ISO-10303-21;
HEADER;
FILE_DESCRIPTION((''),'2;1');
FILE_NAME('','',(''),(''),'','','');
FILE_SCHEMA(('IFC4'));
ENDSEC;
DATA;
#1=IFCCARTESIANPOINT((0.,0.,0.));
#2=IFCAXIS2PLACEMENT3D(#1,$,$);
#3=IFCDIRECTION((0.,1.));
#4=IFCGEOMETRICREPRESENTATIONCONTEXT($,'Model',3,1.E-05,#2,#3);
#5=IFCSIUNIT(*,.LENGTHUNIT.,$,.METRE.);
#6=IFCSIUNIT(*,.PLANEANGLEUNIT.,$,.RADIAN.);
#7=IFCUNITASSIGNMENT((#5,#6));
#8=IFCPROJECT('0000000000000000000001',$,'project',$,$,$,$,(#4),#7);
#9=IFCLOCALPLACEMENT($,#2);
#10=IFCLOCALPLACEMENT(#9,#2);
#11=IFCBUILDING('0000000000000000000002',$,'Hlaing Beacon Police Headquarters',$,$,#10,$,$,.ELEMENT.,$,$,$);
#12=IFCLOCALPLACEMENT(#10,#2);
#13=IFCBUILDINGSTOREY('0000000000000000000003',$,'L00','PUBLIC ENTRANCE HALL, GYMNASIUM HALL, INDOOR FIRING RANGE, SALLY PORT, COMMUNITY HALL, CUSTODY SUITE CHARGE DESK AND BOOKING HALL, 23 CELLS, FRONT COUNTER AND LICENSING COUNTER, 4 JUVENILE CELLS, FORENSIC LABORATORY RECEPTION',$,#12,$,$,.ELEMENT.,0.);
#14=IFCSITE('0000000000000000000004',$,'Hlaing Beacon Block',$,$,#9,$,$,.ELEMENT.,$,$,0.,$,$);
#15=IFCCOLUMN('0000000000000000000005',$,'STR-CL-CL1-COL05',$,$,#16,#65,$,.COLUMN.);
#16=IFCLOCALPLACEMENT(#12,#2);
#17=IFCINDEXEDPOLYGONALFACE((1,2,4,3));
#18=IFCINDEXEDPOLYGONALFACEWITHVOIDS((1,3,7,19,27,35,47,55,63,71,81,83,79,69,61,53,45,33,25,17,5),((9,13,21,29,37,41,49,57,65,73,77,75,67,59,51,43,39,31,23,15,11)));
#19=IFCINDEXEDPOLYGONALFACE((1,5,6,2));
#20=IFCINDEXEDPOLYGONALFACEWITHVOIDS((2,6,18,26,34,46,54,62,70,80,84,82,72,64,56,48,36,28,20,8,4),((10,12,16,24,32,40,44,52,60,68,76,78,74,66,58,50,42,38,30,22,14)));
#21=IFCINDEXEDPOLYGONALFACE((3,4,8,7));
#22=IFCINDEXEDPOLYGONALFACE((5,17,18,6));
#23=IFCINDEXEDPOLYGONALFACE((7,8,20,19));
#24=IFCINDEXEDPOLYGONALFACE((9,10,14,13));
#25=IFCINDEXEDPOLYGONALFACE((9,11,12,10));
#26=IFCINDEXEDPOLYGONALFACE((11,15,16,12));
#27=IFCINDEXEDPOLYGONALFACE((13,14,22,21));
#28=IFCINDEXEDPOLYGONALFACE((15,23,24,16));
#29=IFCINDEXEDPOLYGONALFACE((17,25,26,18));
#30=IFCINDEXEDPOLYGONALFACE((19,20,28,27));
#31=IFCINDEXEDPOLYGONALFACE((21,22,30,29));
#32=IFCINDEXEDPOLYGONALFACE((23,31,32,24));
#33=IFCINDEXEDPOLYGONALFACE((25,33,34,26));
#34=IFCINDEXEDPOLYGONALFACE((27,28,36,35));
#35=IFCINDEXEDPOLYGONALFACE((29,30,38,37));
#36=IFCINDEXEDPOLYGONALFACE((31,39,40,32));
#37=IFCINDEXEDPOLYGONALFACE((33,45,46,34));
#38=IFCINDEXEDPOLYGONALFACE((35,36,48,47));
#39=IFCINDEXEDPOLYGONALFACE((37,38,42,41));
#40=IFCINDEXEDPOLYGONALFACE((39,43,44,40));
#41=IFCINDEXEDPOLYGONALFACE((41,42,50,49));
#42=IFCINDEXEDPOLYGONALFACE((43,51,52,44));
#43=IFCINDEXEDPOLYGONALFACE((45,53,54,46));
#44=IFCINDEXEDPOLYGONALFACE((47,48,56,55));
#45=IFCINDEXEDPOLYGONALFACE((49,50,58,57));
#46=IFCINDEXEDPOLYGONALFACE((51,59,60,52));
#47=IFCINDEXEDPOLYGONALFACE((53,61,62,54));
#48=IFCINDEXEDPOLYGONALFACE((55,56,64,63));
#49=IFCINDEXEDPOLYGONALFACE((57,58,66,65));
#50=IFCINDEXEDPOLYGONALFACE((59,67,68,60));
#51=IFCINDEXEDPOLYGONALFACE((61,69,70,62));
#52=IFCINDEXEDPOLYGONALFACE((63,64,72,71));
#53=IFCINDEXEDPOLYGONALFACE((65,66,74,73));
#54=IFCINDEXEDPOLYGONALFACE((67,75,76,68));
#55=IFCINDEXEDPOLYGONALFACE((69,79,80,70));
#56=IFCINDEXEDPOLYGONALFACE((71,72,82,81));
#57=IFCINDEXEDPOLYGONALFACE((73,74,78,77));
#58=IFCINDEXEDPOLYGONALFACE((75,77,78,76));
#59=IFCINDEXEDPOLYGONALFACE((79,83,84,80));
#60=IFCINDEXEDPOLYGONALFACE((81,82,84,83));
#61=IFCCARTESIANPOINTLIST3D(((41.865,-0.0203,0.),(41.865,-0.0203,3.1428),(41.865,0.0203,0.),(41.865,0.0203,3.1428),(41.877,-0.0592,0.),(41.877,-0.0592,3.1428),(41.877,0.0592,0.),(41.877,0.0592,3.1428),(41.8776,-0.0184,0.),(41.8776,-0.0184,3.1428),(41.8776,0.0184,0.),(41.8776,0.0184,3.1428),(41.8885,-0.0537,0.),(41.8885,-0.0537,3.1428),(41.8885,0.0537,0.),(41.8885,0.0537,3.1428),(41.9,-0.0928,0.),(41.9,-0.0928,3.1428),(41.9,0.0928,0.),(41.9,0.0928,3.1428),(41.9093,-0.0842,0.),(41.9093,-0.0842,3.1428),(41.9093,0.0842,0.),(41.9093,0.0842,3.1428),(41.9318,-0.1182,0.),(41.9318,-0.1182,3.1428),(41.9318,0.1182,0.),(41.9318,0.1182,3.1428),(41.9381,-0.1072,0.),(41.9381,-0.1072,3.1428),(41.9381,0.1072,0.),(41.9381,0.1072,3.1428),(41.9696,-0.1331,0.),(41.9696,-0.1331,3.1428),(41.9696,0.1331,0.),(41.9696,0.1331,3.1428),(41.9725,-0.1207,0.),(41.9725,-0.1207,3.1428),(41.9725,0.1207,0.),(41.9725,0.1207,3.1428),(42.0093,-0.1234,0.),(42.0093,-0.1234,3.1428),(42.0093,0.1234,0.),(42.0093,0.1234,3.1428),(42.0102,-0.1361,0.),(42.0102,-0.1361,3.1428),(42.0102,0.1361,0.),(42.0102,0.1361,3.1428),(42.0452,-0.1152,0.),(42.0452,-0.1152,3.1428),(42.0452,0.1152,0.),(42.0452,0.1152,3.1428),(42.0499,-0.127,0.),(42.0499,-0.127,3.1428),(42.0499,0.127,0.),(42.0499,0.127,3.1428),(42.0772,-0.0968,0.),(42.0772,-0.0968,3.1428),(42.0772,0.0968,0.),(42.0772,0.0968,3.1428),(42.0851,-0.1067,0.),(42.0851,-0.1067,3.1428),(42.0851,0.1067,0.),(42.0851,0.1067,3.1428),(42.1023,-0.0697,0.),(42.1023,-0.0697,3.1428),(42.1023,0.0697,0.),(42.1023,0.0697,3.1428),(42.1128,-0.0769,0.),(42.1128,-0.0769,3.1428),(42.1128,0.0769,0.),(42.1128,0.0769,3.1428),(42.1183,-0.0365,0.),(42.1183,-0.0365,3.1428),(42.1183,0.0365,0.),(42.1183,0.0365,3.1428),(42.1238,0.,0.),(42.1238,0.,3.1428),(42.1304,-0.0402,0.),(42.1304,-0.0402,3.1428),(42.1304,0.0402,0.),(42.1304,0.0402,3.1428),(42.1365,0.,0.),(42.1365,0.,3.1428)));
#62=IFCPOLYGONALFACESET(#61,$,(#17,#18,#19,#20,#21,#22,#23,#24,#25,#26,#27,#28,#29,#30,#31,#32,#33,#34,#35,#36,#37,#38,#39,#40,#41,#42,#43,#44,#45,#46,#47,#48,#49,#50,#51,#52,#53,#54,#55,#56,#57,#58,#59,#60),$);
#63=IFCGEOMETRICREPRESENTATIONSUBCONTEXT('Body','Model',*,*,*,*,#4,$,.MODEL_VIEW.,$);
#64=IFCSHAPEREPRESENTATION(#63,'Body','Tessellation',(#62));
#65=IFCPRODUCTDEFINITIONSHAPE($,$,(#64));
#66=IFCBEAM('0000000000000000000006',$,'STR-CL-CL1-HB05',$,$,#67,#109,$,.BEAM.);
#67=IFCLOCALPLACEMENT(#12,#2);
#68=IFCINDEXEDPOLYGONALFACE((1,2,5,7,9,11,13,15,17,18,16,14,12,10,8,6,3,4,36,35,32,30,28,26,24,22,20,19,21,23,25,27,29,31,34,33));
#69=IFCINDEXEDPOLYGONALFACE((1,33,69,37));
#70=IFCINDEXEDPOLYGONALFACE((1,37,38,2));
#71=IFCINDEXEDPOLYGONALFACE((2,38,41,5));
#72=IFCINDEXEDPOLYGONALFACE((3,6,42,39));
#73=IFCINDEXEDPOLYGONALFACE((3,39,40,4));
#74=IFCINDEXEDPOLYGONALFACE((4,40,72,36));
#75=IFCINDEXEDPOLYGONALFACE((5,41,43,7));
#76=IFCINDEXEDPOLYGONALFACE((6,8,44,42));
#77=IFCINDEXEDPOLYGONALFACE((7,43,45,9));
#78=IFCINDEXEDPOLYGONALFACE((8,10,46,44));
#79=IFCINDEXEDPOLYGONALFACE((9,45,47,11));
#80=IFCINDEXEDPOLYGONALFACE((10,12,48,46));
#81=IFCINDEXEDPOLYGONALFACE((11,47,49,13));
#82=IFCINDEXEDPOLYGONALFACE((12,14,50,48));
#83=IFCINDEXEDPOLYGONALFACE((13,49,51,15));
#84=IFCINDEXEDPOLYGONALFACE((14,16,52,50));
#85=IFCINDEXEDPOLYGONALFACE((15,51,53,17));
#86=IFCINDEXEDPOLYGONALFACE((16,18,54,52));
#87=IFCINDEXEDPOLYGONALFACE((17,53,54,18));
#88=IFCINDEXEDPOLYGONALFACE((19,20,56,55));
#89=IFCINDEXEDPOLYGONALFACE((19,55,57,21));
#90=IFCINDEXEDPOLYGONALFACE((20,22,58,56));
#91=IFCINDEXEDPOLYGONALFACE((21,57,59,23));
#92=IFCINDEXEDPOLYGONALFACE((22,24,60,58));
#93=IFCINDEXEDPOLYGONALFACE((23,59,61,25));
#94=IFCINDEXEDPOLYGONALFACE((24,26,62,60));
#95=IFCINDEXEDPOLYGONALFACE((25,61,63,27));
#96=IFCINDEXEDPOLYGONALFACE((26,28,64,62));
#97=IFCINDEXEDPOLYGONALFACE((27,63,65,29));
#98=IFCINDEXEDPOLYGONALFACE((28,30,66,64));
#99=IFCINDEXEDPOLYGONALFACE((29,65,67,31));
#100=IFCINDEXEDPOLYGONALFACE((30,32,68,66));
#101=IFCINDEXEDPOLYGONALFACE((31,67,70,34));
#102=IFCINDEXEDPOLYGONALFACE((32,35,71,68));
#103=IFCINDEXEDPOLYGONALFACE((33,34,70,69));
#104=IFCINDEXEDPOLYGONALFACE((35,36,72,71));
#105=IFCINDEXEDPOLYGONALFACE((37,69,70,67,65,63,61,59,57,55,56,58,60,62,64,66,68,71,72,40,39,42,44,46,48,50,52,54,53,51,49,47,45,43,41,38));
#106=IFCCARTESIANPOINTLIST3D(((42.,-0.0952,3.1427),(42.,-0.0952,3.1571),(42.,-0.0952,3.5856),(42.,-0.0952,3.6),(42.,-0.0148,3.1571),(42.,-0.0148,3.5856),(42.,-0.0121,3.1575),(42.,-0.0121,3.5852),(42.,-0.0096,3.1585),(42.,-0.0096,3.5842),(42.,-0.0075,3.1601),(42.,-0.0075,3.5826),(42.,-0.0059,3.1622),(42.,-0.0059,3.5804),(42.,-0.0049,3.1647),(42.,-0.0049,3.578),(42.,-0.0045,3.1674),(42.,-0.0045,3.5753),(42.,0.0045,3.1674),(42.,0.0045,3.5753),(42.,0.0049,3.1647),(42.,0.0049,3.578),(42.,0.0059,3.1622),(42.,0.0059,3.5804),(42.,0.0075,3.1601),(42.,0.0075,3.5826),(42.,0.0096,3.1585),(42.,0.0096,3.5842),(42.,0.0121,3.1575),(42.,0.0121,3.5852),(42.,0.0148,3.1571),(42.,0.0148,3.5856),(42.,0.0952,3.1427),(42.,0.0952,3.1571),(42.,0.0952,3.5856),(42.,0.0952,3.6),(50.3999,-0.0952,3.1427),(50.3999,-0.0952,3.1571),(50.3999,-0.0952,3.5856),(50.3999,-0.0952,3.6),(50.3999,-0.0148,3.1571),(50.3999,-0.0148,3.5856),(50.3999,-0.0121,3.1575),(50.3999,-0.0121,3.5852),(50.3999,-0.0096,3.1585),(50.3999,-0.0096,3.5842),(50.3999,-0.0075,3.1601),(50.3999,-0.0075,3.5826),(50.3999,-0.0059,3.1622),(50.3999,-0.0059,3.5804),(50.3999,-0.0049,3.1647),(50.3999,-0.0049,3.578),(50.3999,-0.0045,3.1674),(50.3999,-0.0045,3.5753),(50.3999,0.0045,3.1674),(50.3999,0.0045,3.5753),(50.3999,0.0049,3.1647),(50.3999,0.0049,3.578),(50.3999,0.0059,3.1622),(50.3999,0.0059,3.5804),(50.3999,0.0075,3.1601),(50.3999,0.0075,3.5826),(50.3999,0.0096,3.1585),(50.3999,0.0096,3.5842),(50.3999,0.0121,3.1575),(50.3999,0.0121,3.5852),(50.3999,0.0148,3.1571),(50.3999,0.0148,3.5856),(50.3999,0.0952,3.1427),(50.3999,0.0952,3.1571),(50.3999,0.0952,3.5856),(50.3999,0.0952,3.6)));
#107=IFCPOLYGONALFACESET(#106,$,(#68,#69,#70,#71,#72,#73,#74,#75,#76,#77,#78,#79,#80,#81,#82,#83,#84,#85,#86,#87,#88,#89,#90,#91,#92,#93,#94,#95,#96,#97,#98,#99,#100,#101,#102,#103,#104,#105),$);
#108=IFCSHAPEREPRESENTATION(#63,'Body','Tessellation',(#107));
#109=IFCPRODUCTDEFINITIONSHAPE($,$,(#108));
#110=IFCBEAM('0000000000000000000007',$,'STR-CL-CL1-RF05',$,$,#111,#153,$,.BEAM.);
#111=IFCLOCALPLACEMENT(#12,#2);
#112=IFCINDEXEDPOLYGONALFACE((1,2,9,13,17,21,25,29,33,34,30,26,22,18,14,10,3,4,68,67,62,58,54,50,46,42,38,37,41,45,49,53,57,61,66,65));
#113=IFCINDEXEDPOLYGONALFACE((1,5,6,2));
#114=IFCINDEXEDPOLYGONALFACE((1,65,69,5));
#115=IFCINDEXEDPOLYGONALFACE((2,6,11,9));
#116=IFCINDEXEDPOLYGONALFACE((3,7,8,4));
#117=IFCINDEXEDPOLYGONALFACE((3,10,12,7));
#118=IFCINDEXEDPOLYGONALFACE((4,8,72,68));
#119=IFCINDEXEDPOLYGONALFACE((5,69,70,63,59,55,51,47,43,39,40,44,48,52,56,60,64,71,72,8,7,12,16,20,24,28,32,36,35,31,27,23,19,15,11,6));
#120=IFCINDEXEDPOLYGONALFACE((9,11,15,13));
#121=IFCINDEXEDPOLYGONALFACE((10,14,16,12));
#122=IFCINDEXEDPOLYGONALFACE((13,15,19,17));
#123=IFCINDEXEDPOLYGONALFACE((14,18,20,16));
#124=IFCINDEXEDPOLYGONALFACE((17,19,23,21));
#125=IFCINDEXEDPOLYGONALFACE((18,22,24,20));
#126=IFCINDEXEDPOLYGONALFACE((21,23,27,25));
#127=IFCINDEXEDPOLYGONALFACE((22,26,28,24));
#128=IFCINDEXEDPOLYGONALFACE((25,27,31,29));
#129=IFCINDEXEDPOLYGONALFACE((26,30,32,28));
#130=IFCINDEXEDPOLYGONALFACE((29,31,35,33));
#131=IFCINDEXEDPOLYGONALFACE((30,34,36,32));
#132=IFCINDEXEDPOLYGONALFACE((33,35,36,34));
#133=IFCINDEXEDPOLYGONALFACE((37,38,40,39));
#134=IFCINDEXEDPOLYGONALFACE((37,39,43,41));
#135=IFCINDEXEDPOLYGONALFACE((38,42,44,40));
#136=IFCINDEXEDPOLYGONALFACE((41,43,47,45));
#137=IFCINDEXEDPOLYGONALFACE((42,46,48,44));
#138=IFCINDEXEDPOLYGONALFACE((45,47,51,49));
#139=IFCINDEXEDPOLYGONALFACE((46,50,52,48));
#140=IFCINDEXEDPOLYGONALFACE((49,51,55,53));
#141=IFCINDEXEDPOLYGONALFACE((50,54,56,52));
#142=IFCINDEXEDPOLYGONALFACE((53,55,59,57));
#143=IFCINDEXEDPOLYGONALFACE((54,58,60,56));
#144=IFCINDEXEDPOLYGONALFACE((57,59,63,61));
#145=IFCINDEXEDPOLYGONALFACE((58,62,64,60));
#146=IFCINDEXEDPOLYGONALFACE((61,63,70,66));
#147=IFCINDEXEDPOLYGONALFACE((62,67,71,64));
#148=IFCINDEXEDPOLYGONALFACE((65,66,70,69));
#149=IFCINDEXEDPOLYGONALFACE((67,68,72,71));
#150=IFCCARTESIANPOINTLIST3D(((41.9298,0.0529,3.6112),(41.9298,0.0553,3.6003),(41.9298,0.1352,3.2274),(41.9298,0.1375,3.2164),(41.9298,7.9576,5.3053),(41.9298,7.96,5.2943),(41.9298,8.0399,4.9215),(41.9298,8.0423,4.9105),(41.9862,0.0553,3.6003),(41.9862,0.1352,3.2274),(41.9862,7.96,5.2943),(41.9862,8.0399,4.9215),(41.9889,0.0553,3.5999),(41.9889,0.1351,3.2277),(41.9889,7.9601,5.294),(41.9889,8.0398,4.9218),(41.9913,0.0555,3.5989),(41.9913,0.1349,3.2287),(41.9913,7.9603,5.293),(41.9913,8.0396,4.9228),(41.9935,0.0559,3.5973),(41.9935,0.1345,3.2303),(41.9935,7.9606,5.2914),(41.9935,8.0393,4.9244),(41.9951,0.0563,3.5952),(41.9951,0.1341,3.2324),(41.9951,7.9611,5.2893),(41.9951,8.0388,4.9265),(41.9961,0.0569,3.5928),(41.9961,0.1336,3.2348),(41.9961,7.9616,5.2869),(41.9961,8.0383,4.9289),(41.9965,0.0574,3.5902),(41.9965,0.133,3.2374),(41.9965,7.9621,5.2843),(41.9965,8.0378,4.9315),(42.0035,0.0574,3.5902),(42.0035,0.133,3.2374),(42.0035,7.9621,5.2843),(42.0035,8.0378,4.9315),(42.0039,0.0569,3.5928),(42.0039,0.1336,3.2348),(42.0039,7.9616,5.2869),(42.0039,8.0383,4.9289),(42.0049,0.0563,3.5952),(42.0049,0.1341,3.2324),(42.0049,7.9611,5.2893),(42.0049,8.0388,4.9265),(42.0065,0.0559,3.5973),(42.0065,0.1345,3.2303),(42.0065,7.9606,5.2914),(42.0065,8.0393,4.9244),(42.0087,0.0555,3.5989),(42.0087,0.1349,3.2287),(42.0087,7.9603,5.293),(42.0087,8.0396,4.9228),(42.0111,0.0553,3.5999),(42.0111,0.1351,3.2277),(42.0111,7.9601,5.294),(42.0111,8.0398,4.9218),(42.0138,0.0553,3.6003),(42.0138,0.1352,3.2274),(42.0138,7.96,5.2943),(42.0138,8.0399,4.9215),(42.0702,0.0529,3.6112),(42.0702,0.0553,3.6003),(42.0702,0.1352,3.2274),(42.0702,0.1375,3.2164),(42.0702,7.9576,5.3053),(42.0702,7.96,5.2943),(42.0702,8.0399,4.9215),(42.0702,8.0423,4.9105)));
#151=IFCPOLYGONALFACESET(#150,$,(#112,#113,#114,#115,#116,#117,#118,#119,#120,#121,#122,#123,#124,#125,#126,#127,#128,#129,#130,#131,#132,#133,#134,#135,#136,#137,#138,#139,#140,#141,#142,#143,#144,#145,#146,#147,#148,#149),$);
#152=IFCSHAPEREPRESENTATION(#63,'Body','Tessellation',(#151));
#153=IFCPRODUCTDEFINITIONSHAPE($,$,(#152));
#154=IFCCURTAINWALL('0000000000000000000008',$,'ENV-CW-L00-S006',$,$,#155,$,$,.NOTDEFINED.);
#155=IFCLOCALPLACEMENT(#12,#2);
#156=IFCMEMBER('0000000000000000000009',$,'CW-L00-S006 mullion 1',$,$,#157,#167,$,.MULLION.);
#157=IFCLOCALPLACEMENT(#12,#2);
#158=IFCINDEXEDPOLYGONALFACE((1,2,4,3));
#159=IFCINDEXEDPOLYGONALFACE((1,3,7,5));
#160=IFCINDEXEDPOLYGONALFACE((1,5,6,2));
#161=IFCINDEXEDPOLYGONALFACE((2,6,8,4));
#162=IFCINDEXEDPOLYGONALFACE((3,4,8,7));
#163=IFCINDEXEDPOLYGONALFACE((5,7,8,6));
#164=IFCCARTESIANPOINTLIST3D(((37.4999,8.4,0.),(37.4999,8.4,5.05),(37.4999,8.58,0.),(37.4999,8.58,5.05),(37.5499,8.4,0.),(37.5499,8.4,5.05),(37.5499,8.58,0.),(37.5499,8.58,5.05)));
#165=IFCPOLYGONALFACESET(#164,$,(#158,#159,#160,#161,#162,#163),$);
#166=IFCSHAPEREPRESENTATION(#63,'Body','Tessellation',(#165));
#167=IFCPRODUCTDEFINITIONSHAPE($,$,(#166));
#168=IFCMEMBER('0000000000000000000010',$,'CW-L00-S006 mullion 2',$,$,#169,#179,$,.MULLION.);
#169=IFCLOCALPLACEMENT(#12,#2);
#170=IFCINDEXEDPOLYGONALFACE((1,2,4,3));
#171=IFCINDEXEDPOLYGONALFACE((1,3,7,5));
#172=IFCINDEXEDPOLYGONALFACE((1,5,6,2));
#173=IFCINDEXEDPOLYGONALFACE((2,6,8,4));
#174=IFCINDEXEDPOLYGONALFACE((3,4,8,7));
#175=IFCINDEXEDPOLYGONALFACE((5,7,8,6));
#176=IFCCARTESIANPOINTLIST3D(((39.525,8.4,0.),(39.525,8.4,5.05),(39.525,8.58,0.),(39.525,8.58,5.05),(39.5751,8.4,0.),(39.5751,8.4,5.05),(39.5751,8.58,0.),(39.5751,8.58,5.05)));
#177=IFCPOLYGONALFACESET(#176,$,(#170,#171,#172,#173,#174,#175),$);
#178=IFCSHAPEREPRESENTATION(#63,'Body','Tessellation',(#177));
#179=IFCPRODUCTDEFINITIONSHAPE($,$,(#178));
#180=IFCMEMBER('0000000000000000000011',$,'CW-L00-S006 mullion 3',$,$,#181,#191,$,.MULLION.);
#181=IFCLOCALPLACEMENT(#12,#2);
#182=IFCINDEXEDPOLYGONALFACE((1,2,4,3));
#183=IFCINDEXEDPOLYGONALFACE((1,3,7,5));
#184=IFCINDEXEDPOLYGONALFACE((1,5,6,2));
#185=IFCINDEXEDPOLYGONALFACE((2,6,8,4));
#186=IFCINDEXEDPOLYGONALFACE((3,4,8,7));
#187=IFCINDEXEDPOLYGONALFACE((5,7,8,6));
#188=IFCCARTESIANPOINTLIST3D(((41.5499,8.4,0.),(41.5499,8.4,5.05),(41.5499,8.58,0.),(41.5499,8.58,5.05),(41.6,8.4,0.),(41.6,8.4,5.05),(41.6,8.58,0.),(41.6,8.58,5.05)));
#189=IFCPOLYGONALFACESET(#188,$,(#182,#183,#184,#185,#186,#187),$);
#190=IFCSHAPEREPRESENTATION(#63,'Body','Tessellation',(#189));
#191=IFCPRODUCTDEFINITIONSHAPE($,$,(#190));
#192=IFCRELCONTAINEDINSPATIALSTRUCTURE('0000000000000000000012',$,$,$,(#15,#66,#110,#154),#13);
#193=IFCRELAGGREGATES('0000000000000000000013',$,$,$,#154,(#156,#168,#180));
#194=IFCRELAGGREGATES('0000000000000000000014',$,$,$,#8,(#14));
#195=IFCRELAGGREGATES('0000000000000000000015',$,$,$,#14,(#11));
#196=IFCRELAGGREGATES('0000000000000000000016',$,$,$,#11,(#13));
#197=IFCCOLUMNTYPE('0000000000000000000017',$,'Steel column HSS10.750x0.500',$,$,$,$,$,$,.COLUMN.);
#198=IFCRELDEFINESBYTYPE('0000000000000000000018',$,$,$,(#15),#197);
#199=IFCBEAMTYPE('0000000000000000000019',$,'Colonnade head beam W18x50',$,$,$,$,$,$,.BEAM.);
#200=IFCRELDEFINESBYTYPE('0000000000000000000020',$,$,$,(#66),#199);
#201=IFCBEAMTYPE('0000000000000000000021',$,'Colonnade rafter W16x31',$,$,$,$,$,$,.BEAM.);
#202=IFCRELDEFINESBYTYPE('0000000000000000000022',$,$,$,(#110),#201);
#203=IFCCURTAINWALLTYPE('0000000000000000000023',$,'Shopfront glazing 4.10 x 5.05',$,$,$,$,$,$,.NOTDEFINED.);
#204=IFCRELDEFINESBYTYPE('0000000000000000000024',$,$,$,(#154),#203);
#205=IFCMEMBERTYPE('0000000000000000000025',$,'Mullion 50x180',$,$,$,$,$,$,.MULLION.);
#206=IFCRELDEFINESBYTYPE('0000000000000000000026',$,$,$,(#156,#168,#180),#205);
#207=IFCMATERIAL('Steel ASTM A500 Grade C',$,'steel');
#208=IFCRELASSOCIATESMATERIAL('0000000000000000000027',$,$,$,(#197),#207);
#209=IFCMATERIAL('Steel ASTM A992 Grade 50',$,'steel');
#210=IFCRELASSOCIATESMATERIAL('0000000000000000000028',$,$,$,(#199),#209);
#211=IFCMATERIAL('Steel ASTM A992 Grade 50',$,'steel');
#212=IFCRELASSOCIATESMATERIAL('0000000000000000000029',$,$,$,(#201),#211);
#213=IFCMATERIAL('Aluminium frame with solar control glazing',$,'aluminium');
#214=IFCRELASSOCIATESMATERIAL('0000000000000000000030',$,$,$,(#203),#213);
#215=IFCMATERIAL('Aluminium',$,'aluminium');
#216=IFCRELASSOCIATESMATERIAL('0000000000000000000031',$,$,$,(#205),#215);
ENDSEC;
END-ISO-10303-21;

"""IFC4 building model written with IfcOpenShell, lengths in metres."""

from ifc_helpers import new_model, si_unit, direction, frame, origin, origin_2d, place, context, subcontext, project, spatial, rectangle, hollow_circle, i_section, extrude, material, material_profile, profile_set, type_object, element, aggregate, save


model = new_model("IFC4")

# Units and contexts
model_context = context("Model", 3, precision=1e-05, world=origin(), true_north=direction((0.0, 1.0)))
body_context = subcontext(model_context, "Body", "Model", "MODEL_VIEW")
ifc_project = project(units=[si_unit("LENGTHUNIT", "METRE"), si_unit("PLANEANGLEUNIT", "RADIAN")], contexts=[model_context])

# Site, building, storey
site_placement = place(None, origin())
site = spatial("IfcSite", under=ifc_project, at=site_placement, Name="Hlaing Beacon Block", CompositionType="ELEMENT", RefElevation=0.0)
building_placement = place(site_placement, origin())
building = spatial("IfcBuilding", under=site, at=building_placement, Name="Hlaing Beacon Police Headquarters", CompositionType="ELEMENT")
storey_placement = place(building_placement, origin())
storey = spatial("IfcBuildingStorey", under=building, at=storey_placement, Name="L00", Description="PUBLIC ENTRANCE HALL, GYMNASIUM HALL, INDOOR FIRING RANGE, SALLY PORT, COMMUNITY HALL, CUSTODY SUITE CHARGE DESK AND BOOKING HALL, 23 CELLS, FRONT COUNTER AND LICENSING COUNTER, 4 JUVENILE CELLS, FORENSIC LABORATORY RECEPTION", CompositionType="ELEMENT", Elevation=0.0)

# Column
ifc_material_1 = material(Name="Steel ASTM A500 Grade C", Category="steel")
ifc_material_profile_1 = material_profile(ifc_material_1, hollow_circle(Radius=0.1365, WallThickness=0.0127, at=origin_2d()), Name="HSS10.750x0.500")
ifc_profile_set_1 = profile_set([ifc_material_profile_1], Name="Steel ASTM A500 Grade C")
column_type = type_object("IfcColumnType", Name="Steel column HSS10.750x0.500", PredefinedType="COLUMN", material=ifc_profile_set_1)
column_placement = place(storey_placement, frame((42.0, 0.0, 0.0), z_axis=(0.0, 0.0, 1.0), x_axis=(1.0, 0.0, 0.0)))
element("IfcColumn", 1, at=column_placement, inside=storey, type_object=column_type, Name="STR-CL-CL1-COL05", PredefinedType="COLUMN", context=body_context, shape_type="SweptSolid", body=[
    extrude(hollow_circle(Radius=0.1365, WallThickness=0.0127, at=origin_2d()), origin(), (0.0, 0.0, 1.0), 3.1428),
])

# Beams
ifc_material_2 = material(Name="Steel ASTM A992 Grade 50", Category="steel")
ifc_material_profile_2 = material_profile(ifc_material_2, i_section(OverallWidth=0.1904, OverallDepth=0.4573, WebThickness=0.009, FlangeThickness=0.0144, FilletRadius=0.0103, at=origin_2d()), Name="W18x50")
ifc_profile_set_2 = profile_set([ifc_material_profile_2], Name="Steel ASTM A992 Grade 50")
beam_type_1 = type_object("IfcBeamType", Name="Colonnade head beam W18x50", PredefinedType="BEAM", material=ifc_profile_set_2)
beam_1_placement = place(storey_placement, frame((42.0, 0.0, 3.3713), z_axis=(1.0, 0.0, 0.0), x_axis=(0.0, 1.0, 0.0)))
element("IfcBeam", 2, at=beam_1_placement, inside=storey, type_object=beam_type_1, Name="STR-CL-CL1-HB05", PredefinedType="BEAM", context=body_context, shape_type="SweptSolid", body=[
    extrude(i_section(OverallWidth=0.1904, OverallDepth=0.4573, WebThickness=0.009, FlangeThickness=0.0144, FilletRadius=0.0103, at=origin_2d()), origin(), (0.0, 0.0, 1.0), 8.3999),
])
ifc_material_3 = material(Name="Steel ASTM A992 Grade 50", Category="steel")
ifc_material_profile_3 = material_profile(ifc_material_3, i_section(OverallWidth=0.1404, OverallDepth=0.4038, WebThickness=0.0071, FlangeThickness=0.0112, FilletRadius=0.0103, at=origin_2d()), Name="W16x31")
ifc_profile_set_3 = profile_set([ifc_material_profile_3], Name="Steel ASTM A992 Grade 50")
beam_type_2 = type_object("IfcBeamType", Name="Colonnade rafter W16x31", PredefinedType="BEAM", material=ifc_profile_set_3)
beam_2_placement = place(storey_placement, frame((42.0, 0.0952, 3.4138), z_axis=(0.0, 0.977797, 0.209554), x_axis=(-1.0, 0.0, 0.0)))
element("IfcBeam", 3, at=beam_2_placement, inside=storey, type_object=beam_type_2, Name="STR-CL-CL1-RF05", PredefinedType="BEAM", context=body_context, shape_type="SweptSolid", body=[
    extrude(i_section(OverallWidth=0.1404, OverallDepth=0.4038, WebThickness=0.0071, FlangeThickness=0.0112, FilletRadius=0.0103, at=origin_2d()), origin(), (0.0, 0.0, 1.0), 8.0842),
])

# Curtain wall, members
ifc_material_4 = material(Name="Aluminium frame with solar control glazing", Category="aluminium")
curtain_wall_type = type_object("IfcCurtainWallType", Name="Shopfront glazing 4.10 x 5.05", PredefinedType="NOTDEFINED", material=ifc_material_4)
curtain_wall_placement = place(storey_placement, origin())
curtain_wall = element("IfcCurtainWall", 4, at=curtain_wall_placement, inside=storey, type_object=curtain_wall_type, Name="ENV-CW-L00-S006", PredefinedType="NOTDEFINED")
ifc_material_5 = material(Name="Aluminium", Category="aluminium")
ifc_material_profile_4 = material_profile(ifc_material_5, rectangle(XDim=0.1799, YDim=0.05, at=origin_2d()), Name="Mullion 50x180")
ifc_profile_set_4 = profile_set([ifc_material_profile_4], Name="Aluminium")
member_type_1 = type_object("IfcMemberType", Name="Mullion 50x180", PredefinedType="MULLION", material=ifc_profile_set_4)
member_1_placement = place(storey_placement, frame((37.5249, 8.49, 0.0), z_axis=(0.0, 0.0, 1.0), x_axis=(0.0, 1.0, 0.0)))
member_1 = element("IfcMember", 5, at=member_1_placement, type_object=member_type_1, Name="CW-L00-S006 mullion 1", PredefinedType="MULLION", context=body_context, shape_type="SweptSolid", body=[
    extrude(rectangle(XDim=0.1799, YDim=0.05, at=origin_2d()), origin(), (0.0, 0.0, 1.0), 5.05),
])
member_2_placement = place(storey_placement, frame((39.55, 8.49, 0.0), z_axis=(0.0, 0.0, 1.0), x_axis=(0.0, 1.0, 0.0)))
member_2 = element("IfcMember", 6, at=member_2_placement, type_object=member_type_1, Name="CW-L00-S006 mullion 2", PredefinedType="MULLION", context=body_context, shape_type="SweptSolid", body=[
    extrude(rectangle(XDim=0.1799, YDim=0.05, at=origin_2d()), origin(), (0.0, 0.0, 1.0), 5.05),
])
member_3_placement = place(storey_placement, frame((41.575, 8.49, 0.0), z_axis=(0.0, 0.0, 1.0), x_axis=(0.0, 1.0, 0.0)))
member_3 = element("IfcMember", 7, at=member_3_placement, type_object=member_type_1, Name="CW-L00-S006 mullion 3", PredefinedType="MULLION", context=body_context, shape_type="SweptSolid", body=[
    extrude(rectangle(XDim=0.1799, YDim=0.05, at=origin_2d()), origin(), (0.0, 0.0, 1.0), 5.05),
])
aggregate(curtain_wall, [member_1, member_2, member_3])

save(model, "model.ifc")
